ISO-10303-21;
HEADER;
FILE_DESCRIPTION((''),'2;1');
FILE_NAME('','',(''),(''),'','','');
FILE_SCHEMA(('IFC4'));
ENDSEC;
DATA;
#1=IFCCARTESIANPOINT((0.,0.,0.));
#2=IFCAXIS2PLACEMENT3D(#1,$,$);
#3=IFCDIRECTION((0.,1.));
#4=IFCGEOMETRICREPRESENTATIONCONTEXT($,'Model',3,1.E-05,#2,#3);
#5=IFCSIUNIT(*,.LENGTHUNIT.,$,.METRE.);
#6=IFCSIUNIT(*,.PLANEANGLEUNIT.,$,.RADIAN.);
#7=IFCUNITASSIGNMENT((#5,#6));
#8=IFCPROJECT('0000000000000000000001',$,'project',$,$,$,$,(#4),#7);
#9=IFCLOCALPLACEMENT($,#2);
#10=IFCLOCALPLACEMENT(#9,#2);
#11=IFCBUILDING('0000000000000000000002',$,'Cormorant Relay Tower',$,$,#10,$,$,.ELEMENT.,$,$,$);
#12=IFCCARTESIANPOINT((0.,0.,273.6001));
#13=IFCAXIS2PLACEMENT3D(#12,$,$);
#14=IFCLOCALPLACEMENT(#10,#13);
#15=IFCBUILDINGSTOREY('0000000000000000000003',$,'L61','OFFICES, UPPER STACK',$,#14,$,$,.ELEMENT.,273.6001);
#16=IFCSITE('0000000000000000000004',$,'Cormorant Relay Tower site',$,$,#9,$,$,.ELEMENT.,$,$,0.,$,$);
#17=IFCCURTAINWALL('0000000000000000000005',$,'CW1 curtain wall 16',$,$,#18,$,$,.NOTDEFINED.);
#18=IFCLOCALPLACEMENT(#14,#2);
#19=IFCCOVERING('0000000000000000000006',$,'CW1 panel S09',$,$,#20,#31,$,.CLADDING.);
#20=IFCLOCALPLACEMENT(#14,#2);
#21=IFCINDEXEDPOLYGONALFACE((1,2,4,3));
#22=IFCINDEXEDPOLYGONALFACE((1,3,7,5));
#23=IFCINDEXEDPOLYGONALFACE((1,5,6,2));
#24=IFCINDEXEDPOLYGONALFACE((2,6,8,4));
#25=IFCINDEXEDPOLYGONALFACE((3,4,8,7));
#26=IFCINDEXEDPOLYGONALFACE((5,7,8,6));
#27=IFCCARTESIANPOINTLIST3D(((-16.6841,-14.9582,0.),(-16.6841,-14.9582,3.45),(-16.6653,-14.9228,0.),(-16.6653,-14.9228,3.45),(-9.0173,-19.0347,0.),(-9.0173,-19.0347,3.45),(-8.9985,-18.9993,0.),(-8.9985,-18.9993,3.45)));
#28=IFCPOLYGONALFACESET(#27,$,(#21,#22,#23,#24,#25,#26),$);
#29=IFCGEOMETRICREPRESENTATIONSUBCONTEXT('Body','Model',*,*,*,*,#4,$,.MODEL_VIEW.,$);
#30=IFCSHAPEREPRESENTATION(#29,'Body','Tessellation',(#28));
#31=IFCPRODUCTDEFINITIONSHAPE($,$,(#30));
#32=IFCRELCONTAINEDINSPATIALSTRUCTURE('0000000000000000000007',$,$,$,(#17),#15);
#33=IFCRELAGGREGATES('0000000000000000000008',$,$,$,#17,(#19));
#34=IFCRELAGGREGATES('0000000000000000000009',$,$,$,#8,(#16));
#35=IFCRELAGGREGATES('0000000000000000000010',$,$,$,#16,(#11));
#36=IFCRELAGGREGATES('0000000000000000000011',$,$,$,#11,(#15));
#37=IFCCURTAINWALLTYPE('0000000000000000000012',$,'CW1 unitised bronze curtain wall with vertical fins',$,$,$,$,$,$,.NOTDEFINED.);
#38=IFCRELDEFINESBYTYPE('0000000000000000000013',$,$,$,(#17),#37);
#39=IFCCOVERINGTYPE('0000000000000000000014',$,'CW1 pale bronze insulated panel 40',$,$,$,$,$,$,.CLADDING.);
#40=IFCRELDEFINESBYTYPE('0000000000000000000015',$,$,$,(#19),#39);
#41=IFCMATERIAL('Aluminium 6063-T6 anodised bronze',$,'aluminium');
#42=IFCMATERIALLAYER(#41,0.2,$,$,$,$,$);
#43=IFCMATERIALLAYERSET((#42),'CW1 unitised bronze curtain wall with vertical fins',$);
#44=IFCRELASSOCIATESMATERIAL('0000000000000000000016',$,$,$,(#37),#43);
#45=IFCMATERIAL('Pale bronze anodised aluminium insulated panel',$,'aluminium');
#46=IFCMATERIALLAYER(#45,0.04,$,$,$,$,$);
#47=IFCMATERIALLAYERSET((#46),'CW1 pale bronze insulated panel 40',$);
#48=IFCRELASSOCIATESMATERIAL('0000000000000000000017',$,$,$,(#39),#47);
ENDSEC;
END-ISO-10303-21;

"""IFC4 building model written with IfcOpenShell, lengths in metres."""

from ifc_helpers import new_model, si_unit, direction, frame, origin, origin_2d, place, context, subcontext, project, spatial, rectangle, extrude, material, layer, layer_set, type_object, element, aggregate, save


model = new_model("IFC4")

# Units and contexts
model_context = context("Model", 3, precision=1e-05, world=origin(), true_north=direction((0.0, 1.0)))
body_context = subcontext(model_context, "Body", "Model", "MODEL_VIEW")
ifc_project = project(units=[si_unit("LENGTHUNIT", "METRE"), si_unit("PLANEANGLEUNIT", "RADIAN")], contexts=[model_context])

# Site, building, storey
site_placement = place(None, origin())
site = spatial("IfcSite", under=ifc_project, at=site_placement, Name="Cormorant Relay Tower site", CompositionType="ELEMENT", RefElevation=0.0)
building_placement = place(site_placement, origin())
building = spatial("IfcBuilding", under=site, at=building_placement, Name="Cormorant Relay Tower", CompositionType="ELEMENT")
storey_placement = place(building_placement, frame((0.0, 0.0, 273.6001)))
storey = spatial("IfcBuildingStorey", under=building, at=storey_placement, Name="L61", Description="OFFICES, UPPER STACK", CompositionType="ELEMENT", Elevation=273.6001)

# Curtain wall
ifc_material_1 = material(Name="Aluminium 6063-T6 anodised bronze", Category="aluminium")
ifc_layer_1 = layer(ifc_material_1, 0.2)
ifc_layer_set_1 = layer_set([ifc_layer_1], Name="CW1 unitised bronze curtain wall with vertical fins")
curtain_wall_type = type_object("IfcCurtainWallType", Name="CW1 unitised bronze curtain wall with vertical fins", PredefinedType="NOTDEFINED", material=ifc_layer_set_1)
curtain_wall_placement = place(storey_placement, origin())
curtain_wall = element("IfcCurtainWall", 1, at=curtain_wall_placement, inside=storey, type_object=curtain_wall_type, Name="CW1 curtain wall 16", PredefinedType="NOTDEFINED")

# Covering
ifc_material_2 = material(Name="Pale bronze anodised aluminium insulated panel", Category="aluminium")
ifc_layer_2 = layer(ifc_material_2, 0.04)
ifc_layer_set_2 = layer_set([ifc_layer_2], Name="CW1 pale bronze insulated panel 40")
covering_type = type_object("IfcCoveringType", Name="CW1 pale bronze insulated panel 40", PredefinedType="CLADDING", material=ifc_layer_set_2)
covering_1_placement = place(storey_placement, frame((-12.8413, -16.9788, 0.0), z_axis=(0.0, 0.0, 1.0), x_axis=(0.882948, -0.469472, 0.0)))
covering_1 = element("IfcCovering", 2, at=covering_1_placement, type_object=covering_type, Name="CW1 panel S09", PredefinedType="CLADDING", context=body_context, shape_type="SweptSolid", body=[
    extrude(rectangle(XDim=8.6831, YDim=0.04, at=origin_2d()), origin(), (0.0, 0.0, 1.0), 3.45),
])
aggregate(curtain_wall, [covering_1])

save(model, "model.ifc")
